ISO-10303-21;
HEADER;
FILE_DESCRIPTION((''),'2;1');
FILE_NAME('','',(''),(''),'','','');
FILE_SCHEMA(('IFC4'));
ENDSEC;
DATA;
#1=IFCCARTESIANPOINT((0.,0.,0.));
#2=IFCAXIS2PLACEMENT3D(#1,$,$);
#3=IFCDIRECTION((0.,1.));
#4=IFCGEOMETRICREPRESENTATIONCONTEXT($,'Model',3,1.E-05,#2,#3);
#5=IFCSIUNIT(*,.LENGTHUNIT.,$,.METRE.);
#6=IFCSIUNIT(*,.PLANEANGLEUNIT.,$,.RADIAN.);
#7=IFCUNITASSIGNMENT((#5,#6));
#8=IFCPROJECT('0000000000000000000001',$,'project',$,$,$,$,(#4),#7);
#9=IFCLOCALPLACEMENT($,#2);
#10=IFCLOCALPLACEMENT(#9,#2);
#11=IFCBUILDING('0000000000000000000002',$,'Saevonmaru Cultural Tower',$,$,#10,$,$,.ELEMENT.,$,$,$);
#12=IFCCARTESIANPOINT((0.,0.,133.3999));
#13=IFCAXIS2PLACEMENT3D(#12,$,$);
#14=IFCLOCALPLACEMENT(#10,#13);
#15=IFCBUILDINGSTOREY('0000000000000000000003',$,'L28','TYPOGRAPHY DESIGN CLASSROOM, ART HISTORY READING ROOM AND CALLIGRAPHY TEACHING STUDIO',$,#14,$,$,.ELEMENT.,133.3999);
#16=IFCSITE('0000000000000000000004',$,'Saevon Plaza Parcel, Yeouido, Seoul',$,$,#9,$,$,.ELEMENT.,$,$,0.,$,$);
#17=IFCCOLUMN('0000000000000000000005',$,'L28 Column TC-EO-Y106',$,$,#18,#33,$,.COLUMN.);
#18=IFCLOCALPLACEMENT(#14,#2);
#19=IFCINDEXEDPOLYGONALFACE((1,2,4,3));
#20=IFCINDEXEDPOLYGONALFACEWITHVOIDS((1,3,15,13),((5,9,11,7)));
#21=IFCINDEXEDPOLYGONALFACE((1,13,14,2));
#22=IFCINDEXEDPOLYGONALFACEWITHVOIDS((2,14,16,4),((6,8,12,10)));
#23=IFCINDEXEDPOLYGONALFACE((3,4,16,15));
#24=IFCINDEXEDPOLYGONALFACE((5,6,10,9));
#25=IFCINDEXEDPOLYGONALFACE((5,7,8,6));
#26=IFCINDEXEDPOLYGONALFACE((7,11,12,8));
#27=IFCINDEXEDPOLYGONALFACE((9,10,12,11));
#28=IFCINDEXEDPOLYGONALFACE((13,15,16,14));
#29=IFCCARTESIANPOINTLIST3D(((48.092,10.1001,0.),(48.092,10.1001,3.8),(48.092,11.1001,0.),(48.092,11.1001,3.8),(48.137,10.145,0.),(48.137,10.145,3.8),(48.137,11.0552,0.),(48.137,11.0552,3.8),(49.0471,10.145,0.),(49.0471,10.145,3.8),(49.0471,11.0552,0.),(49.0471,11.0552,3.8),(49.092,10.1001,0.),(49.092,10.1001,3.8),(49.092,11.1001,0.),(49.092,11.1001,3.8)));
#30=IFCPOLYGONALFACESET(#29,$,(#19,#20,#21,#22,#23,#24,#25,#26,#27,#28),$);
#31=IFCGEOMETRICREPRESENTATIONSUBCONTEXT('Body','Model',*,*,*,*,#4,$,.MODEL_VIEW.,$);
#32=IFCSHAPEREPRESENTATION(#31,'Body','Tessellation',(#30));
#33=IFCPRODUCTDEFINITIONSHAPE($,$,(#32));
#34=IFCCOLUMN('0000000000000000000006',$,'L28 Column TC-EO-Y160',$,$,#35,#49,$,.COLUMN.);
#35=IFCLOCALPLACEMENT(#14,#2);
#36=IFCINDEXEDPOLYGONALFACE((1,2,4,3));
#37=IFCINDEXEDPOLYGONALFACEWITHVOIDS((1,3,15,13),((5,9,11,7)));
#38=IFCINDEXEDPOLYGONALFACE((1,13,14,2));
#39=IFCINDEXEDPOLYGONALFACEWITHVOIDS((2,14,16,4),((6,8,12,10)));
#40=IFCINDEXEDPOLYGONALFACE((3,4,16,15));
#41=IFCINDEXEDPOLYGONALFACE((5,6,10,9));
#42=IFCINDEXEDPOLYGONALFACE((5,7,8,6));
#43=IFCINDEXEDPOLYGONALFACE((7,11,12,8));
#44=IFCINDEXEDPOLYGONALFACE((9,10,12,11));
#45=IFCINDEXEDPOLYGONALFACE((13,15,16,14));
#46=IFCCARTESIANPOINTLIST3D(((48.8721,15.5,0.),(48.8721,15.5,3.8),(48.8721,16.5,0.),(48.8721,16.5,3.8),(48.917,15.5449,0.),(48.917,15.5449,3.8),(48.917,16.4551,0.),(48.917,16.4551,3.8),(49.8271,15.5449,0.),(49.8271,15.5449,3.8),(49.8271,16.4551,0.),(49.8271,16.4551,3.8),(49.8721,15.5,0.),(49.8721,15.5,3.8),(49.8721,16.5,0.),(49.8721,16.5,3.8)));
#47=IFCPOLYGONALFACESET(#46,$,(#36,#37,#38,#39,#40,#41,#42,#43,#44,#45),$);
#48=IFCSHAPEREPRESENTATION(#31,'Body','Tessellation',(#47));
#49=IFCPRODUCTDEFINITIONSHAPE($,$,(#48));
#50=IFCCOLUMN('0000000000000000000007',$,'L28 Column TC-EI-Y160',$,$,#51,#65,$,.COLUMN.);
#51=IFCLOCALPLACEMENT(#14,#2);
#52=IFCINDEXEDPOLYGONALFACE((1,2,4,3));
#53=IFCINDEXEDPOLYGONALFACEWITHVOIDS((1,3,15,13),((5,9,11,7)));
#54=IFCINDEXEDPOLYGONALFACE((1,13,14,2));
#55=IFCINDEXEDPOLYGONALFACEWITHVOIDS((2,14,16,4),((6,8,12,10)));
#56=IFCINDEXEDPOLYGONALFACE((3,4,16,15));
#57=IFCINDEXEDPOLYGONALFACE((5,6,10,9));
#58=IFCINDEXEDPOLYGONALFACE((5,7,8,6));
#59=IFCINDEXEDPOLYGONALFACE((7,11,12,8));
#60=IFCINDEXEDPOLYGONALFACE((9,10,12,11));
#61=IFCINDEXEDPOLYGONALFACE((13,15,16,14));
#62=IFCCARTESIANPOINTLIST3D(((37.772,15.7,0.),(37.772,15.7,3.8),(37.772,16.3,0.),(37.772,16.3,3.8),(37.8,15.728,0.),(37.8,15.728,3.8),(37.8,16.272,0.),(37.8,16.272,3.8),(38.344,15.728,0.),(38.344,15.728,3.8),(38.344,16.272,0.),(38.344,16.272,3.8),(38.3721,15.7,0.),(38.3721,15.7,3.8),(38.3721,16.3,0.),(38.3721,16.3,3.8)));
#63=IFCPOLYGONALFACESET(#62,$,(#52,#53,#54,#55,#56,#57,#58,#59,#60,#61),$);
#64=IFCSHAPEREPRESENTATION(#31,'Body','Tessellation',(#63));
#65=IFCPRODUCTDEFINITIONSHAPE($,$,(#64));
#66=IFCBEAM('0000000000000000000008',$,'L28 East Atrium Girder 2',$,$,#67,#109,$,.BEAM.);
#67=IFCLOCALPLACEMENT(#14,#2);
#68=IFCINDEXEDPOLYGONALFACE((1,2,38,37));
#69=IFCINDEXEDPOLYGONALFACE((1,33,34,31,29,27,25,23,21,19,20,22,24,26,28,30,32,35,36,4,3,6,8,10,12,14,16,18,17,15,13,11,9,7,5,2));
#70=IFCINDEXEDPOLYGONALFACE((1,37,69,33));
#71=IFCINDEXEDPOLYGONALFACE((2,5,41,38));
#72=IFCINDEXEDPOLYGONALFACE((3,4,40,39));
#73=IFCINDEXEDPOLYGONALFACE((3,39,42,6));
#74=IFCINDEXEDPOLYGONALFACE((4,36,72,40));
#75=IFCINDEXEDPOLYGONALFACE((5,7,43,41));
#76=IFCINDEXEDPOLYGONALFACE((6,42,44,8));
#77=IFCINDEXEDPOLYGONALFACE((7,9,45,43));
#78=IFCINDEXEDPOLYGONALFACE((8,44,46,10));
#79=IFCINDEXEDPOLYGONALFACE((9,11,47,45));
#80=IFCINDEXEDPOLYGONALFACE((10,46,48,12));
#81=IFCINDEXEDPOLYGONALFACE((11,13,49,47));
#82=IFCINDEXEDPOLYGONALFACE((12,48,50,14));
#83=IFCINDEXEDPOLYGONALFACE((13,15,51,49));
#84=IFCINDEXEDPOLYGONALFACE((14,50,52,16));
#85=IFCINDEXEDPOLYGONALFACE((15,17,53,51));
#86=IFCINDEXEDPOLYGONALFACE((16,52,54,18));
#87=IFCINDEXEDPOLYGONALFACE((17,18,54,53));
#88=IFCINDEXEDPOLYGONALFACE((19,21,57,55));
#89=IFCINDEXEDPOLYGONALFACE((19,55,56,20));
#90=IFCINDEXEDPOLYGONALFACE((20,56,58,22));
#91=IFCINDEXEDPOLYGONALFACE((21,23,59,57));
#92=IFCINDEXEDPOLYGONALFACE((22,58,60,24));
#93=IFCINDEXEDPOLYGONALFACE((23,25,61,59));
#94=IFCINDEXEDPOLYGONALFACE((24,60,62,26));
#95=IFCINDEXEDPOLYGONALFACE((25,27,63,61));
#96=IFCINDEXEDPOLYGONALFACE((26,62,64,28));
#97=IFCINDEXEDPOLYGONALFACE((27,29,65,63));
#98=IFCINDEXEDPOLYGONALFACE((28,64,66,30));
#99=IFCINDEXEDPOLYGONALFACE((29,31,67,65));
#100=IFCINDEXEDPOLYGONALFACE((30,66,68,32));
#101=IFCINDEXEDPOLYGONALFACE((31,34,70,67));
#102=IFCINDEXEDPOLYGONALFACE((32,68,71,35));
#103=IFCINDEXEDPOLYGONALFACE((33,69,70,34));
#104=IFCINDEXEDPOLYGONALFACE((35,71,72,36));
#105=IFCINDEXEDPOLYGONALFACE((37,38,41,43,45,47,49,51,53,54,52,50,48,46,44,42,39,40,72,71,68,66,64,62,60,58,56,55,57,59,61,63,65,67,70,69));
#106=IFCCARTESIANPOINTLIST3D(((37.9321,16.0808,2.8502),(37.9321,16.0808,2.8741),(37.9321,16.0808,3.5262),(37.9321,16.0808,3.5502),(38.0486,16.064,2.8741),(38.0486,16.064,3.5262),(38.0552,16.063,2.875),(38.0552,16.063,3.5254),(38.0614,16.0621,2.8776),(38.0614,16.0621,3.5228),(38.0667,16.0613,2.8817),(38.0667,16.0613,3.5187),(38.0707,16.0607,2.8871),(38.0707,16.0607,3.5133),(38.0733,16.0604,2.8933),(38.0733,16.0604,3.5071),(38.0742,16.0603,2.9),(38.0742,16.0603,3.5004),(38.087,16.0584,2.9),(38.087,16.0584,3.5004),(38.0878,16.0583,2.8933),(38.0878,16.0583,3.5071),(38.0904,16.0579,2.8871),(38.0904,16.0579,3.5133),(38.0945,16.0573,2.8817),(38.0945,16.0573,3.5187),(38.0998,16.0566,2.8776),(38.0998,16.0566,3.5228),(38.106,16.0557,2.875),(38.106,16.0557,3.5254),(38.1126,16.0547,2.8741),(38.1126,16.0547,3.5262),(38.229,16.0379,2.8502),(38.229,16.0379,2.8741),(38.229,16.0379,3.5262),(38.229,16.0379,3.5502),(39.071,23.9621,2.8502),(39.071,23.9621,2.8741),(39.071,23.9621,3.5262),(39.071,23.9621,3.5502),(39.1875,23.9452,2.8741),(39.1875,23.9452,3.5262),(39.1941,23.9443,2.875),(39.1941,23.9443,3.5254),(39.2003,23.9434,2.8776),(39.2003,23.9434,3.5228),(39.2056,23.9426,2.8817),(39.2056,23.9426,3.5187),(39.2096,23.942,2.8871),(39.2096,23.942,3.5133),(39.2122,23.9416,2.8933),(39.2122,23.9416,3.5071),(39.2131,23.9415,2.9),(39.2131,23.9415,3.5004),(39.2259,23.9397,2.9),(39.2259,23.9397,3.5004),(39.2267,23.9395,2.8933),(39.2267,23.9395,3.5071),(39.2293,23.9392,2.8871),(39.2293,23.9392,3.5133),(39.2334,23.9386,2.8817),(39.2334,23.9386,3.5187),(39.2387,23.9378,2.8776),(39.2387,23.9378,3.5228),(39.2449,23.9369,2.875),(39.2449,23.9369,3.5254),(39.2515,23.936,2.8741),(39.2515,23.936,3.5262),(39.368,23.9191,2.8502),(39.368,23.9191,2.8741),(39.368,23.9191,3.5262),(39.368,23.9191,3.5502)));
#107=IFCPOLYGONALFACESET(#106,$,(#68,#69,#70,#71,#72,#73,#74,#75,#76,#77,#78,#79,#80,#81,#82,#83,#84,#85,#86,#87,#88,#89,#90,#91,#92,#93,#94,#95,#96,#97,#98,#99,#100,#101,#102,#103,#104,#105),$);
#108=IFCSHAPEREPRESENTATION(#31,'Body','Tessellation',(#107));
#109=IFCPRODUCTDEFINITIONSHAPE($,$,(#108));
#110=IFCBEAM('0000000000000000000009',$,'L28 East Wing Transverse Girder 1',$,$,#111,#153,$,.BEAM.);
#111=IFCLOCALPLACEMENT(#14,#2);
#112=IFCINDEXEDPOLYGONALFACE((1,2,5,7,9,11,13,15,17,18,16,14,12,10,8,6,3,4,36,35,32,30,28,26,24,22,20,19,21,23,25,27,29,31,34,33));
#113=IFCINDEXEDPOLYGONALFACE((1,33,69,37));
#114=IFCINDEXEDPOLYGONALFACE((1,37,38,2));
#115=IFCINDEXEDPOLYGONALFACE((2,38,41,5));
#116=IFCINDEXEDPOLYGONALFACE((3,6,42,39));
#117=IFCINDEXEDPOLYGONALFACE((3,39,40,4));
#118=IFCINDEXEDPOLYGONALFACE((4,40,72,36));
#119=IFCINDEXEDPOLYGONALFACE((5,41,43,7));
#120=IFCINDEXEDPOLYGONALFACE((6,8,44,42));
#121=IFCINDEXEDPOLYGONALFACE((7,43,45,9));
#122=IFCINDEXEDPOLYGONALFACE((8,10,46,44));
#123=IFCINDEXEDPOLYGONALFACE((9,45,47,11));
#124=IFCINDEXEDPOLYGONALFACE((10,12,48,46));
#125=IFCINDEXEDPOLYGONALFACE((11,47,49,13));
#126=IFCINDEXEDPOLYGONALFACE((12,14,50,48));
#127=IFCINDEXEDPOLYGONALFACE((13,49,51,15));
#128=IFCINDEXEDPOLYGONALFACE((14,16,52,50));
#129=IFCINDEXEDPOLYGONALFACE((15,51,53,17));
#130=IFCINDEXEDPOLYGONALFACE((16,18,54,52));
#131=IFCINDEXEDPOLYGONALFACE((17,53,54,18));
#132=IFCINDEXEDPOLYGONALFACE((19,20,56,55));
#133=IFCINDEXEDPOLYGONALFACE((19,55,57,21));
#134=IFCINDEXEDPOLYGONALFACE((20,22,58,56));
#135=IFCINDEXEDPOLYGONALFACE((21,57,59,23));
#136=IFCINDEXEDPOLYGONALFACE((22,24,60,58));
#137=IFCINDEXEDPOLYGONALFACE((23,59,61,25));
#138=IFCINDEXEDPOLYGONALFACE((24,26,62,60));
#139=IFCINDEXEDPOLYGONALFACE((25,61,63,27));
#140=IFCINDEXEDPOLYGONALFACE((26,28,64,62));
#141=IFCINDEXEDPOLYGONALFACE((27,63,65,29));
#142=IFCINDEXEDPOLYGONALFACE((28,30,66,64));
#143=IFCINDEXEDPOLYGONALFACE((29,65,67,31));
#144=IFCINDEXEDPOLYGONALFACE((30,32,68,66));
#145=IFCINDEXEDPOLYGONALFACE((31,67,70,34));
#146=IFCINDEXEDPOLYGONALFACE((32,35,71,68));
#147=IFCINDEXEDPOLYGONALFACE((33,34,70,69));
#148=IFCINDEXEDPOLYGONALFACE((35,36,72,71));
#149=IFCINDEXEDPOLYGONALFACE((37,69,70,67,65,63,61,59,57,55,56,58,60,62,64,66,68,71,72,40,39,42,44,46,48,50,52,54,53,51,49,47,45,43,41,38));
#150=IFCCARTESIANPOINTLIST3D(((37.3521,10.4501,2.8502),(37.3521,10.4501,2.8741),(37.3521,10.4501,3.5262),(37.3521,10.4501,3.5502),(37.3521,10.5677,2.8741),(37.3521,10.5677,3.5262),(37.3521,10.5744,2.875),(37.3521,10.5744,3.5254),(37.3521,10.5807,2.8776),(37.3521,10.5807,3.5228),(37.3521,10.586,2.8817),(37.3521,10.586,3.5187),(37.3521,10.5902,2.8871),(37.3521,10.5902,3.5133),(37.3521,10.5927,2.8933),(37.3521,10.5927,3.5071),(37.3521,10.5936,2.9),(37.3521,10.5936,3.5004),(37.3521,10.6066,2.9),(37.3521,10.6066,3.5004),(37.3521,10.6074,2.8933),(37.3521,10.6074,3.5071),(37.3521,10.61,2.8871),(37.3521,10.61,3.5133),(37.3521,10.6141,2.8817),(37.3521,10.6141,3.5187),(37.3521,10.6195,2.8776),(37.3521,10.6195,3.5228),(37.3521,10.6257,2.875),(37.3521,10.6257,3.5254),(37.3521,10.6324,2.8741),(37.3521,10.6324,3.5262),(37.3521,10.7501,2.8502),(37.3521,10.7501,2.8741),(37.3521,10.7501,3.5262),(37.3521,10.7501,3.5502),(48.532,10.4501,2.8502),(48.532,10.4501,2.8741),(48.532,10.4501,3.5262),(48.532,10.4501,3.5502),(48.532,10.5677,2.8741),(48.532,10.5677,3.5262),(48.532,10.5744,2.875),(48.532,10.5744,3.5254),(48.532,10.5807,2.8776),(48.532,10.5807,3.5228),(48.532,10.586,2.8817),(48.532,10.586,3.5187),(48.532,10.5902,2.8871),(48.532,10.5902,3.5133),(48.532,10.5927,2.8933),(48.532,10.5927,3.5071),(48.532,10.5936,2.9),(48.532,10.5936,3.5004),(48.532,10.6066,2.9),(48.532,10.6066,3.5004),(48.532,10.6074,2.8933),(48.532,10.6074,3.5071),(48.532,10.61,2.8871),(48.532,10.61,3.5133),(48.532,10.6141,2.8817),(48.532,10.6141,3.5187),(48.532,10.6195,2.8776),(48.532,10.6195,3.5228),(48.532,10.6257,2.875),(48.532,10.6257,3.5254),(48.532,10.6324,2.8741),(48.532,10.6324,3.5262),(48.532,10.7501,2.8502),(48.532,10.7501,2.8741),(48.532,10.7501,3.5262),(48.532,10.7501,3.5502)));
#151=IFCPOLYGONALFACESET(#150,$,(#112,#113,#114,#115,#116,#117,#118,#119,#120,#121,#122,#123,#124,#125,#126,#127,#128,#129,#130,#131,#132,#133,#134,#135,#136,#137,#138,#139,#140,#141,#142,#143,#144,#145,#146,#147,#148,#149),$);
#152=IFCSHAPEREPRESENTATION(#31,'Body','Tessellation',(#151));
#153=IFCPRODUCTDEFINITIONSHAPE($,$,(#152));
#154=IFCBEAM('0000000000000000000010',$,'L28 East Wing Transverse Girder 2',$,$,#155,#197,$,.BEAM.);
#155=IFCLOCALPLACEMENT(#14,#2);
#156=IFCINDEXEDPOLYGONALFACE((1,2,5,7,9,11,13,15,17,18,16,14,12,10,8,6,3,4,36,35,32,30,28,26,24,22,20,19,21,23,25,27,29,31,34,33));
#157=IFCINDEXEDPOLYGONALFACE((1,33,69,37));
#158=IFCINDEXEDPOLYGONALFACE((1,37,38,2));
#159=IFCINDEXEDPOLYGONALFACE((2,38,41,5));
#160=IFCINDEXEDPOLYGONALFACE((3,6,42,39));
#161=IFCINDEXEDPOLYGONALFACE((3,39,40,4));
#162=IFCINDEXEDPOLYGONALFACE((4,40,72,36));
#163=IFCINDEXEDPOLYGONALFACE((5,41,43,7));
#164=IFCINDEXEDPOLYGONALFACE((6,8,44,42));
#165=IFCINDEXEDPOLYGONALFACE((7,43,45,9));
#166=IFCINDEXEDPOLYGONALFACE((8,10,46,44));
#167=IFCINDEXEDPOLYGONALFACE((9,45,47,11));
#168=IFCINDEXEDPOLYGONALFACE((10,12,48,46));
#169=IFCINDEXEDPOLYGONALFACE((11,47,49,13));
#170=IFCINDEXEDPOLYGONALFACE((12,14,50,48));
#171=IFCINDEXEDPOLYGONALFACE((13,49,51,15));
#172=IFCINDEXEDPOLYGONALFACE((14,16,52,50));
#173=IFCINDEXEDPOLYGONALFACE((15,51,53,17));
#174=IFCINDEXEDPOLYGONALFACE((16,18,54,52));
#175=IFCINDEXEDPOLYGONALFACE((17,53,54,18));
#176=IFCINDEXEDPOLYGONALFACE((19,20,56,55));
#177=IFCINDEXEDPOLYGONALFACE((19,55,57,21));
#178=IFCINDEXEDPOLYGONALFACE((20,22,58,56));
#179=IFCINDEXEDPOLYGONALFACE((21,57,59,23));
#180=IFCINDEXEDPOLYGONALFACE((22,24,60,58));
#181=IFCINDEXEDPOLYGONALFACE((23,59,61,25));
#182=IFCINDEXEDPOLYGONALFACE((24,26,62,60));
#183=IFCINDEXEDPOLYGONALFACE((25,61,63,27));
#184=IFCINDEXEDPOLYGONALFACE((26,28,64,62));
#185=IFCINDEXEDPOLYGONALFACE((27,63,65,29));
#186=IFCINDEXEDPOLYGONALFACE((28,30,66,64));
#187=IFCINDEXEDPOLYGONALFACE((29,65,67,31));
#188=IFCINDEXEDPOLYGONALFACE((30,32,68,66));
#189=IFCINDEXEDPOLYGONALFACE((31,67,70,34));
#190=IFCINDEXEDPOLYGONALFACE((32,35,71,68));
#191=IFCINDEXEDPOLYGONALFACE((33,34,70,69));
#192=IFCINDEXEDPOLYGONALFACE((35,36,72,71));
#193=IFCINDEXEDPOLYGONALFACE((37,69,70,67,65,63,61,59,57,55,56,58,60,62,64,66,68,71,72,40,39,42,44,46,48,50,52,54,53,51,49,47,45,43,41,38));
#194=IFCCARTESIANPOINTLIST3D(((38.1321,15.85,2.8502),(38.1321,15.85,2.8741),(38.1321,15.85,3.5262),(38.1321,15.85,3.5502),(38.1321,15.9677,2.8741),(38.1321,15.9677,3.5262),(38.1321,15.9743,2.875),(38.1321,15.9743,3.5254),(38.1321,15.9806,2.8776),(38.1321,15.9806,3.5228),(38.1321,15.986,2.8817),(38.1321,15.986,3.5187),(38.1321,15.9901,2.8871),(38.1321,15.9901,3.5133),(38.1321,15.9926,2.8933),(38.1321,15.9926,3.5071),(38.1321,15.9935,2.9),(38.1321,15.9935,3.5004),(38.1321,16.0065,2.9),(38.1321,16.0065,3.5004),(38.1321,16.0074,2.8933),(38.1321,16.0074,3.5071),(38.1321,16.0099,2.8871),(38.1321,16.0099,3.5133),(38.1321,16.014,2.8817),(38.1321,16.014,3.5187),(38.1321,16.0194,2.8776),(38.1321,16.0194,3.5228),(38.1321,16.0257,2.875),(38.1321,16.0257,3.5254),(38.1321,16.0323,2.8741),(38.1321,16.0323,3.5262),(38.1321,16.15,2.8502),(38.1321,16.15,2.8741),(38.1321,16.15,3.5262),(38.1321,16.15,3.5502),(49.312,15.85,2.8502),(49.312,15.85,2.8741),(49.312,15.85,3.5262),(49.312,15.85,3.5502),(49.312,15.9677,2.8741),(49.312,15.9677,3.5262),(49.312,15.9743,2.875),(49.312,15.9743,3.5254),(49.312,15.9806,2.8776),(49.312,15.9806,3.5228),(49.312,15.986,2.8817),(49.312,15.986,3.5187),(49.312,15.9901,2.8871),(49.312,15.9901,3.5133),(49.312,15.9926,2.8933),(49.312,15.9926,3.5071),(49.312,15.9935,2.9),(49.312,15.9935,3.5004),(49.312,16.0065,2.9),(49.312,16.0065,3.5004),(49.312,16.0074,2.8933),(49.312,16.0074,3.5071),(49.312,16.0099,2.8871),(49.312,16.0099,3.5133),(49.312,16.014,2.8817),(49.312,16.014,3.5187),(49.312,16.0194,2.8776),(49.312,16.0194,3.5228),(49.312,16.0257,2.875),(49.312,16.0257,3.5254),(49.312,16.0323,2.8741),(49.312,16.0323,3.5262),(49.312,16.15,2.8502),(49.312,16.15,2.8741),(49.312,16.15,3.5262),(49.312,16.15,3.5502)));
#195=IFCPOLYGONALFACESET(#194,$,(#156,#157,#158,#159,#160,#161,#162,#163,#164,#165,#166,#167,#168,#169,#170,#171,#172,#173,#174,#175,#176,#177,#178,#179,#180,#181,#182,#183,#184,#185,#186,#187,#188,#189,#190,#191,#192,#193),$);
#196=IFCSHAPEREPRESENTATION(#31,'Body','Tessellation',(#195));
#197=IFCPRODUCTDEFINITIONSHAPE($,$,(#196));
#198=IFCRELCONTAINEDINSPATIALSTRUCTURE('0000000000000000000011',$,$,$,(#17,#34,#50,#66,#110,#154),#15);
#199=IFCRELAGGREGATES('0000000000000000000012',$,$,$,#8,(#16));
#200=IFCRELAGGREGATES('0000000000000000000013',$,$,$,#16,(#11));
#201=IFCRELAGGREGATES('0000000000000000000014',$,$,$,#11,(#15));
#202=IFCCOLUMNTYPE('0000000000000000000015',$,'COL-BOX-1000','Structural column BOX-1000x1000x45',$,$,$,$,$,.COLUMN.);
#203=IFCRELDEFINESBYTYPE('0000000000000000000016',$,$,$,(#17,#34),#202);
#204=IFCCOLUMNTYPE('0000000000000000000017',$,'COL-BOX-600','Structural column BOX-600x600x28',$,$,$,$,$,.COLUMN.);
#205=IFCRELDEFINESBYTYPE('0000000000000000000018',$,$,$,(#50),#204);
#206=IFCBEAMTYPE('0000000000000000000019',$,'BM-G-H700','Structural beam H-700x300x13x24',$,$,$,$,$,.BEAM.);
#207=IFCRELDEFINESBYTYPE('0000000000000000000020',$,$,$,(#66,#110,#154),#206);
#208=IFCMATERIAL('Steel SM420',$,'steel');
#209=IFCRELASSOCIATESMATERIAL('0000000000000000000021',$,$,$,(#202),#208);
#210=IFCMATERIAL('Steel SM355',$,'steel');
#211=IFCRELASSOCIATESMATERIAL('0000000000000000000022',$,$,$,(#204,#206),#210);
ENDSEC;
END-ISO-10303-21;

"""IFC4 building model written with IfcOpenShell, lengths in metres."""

from ifc_helpers import new_model, si_unit, direction, frame, origin, origin_2d, place, context, subcontext, project, spatial, hollow_rectangle, i_section, extrude, material, material_profile, profile_set, type_object, element, save


model = new_model("IFC4")

# Units and contexts
model_context = context("Model", 3, precision=1e-05, world=origin(), true_north=direction((0.0, 1.0)))
body_context = subcontext(model_context, "Body", "Model", "MODEL_VIEW")
ifc_project = project(units=[si_unit("LENGTHUNIT", "METRE"), si_unit("PLANEANGLEUNIT", "RADIAN")], contexts=[model_context])

# Site, building, storey
site_placement = place(None, origin())
site = spatial("IfcSite", under=ifc_project, at=site_placement, Name="Saevon Plaza Parcel, Yeouido, Seoul", CompositionType="ELEMENT", RefElevation=0.0)
building_placement = place(site_placement, origin())
building = spatial("IfcBuilding", under=site, at=building_placement, Name="Saevonmaru Cultural Tower", CompositionType="ELEMENT")
storey_placement = place(building_placement, frame((0.0, 0.0, 133.3999)))
storey = spatial("IfcBuildingStorey", under=building, at=storey_placement, Name="L28", Description="TYPOGRAPHY DESIGN CLASSROOM, ART HISTORY READING ROOM AND CALLIGRAPHY TEACHING STUDIO", CompositionType="ELEMENT", Elevation=133.3999)

# Columns
ifc_material_1 = material(Name="Steel SM420", Category="steel")
ifc_material_profile_1 = material_profile(ifc_material_1, hollow_rectangle(XDim=1.0, YDim=1.0, WallThickness=0.0449, at=origin_2d()), Name="BOX-1000x1000x45")
ifc_profile_set_1 = profile_set([ifc_material_profile_1], Name="Steel SM420")
column_type_1 = type_object("IfcColumnType", Name="COL-BOX-1000", Description="Structural column BOX-1000x1000x45", PredefinedType="COLUMN", material=ifc_profile_set_1)
for number, where, z_axis, x_axis, name in (
    (1, (48.592, 10.6001, 0.0), (0.0, 0.0, 1.0), (1.0, 0.0, 0.0), "L28 Column TC-EO-Y106"),
    (2, (49.3721, 16.0, 0.0), (0.0, 0.0, 1.0), (1.0, 0.0, 0.0), "L28 Column TC-EO-Y160"),
):
    element("IfcColumn", number, at=place(storey_placement, frame(where, z_axis=z_axis, x_axis=x_axis)), inside=storey, type_object=column_type_1, Name=name, PredefinedType="COLUMN", context=body_context, shape_type="SweptSolid", body=[
        extrude(hollow_rectangle(XDim=1.0, YDim=1.0, WallThickness=0.0449, at=origin_2d()), origin(), (0.0, 0.0, 1.0), 3.8),
    ])
ifc_material_2 = material(Name="Steel SM355", Category="steel")
ifc_material_profile_2 = material_profile(ifc_material_2, hollow_rectangle(XDim=0.6001, YDim=0.6001, WallThickness=0.0281, at=origin_2d()), Name="BOX-600x600x28")
ifc_profile_set_2 = profile_set([ifc_material_profile_2], Name="Steel SM355")
column_type_2 = type_object("IfcColumnType", Name="COL-BOX-600", Description="Structural column BOX-600x600x28", PredefinedType="COLUMN", material=ifc_profile_set_2)
column_placement = place(storey_placement, frame((38.072, 16.0, 0.0), z_axis=(0.0, 0.0, 1.0), x_axis=(1.0, 0.0, 0.0)))
element("IfcColumn", 3, at=column_placement, inside=storey, type_object=column_type_2, Name="L28 Column TC-EI-Y160", PredefinedType="COLUMN", context=body_context, shape_type="SweptSolid", body=[
    extrude(hollow_rectangle(XDim=0.6001, YDim=0.6001, WallThickness=0.0281, at=origin_2d()), origin(), (0.0, 0.0, 1.0), 3.8),
])

# Beams
ifc_material_profile_3 = material_profile(ifc_material_2, i_section(OverallWidth=0.3, OverallDepth=0.7, WebThickness=0.0129, FlangeThickness=0.0239, FilletRadius=0.0259, at=origin_2d()), Name="H-700x300x13x24")
ifc_profile_set_3 = profile_set([ifc_material_profile_3], Name="Steel SM355")
beam_type_1 = type_object("IfcBeamType", Name="BM-G-H700", Description="Structural beam H-700x300x13x24", PredefinedType="BEAM", material=ifc_profile_set_3)
beam_1_placement = place(storey_placement, frame((38.0806, 16.0593, 3.2002), z_axis=(0.143022, 0.989719, 0.0), x_axis=(-0.989719, 0.143022, 0.0)))
element("IfcBeam", 4, at=beam_1_placement, inside=storey, type_object=beam_type_1, Name="L28 East Atrium Girder 2", PredefinedType="BEAM", context=body_context, shape_type="SweptSolid", body=[
    extrude(i_section(OverallWidth=0.3, OverallDepth=0.7, WebThickness=0.0129, FlangeThickness=0.0239, FilletRadius=0.0259, at=origin_2d()), origin(), (0.0, 0.0, 1.0), 7.9631),
])
for number, where, z_axis, x_axis, name in (
    (5, (37.3521, 10.6001, 3.2002), (1.0, 0.0, 0.0), (0.0, 1.0, 0.0), "L28 East Wing Transverse Girder 1"),
    (6, (38.1321, 16.0, 3.2002), (1.0, 0.0, 0.0), (0.0, 1.0, 0.0), "L28 East Wing Transverse Girder 2"),
):
    element("IfcBeam", number, at=place(storey_placement, frame(where, z_axis=z_axis, x_axis=x_axis)), inside=storey, type_object=beam_type_1, Name=name, PredefinedType="BEAM", context=body_context, shape_type="SweptSolid", body=[
        extrude(i_section(OverallWidth=0.3, OverallDepth=0.7, WebThickness=0.0129, FlangeThickness=0.0239, FilletRadius=0.0259, at=origin_2d()), origin(), (0.0, 0.0, 1.0), 11.1799),
    ])

save(model, "model.ifc")
